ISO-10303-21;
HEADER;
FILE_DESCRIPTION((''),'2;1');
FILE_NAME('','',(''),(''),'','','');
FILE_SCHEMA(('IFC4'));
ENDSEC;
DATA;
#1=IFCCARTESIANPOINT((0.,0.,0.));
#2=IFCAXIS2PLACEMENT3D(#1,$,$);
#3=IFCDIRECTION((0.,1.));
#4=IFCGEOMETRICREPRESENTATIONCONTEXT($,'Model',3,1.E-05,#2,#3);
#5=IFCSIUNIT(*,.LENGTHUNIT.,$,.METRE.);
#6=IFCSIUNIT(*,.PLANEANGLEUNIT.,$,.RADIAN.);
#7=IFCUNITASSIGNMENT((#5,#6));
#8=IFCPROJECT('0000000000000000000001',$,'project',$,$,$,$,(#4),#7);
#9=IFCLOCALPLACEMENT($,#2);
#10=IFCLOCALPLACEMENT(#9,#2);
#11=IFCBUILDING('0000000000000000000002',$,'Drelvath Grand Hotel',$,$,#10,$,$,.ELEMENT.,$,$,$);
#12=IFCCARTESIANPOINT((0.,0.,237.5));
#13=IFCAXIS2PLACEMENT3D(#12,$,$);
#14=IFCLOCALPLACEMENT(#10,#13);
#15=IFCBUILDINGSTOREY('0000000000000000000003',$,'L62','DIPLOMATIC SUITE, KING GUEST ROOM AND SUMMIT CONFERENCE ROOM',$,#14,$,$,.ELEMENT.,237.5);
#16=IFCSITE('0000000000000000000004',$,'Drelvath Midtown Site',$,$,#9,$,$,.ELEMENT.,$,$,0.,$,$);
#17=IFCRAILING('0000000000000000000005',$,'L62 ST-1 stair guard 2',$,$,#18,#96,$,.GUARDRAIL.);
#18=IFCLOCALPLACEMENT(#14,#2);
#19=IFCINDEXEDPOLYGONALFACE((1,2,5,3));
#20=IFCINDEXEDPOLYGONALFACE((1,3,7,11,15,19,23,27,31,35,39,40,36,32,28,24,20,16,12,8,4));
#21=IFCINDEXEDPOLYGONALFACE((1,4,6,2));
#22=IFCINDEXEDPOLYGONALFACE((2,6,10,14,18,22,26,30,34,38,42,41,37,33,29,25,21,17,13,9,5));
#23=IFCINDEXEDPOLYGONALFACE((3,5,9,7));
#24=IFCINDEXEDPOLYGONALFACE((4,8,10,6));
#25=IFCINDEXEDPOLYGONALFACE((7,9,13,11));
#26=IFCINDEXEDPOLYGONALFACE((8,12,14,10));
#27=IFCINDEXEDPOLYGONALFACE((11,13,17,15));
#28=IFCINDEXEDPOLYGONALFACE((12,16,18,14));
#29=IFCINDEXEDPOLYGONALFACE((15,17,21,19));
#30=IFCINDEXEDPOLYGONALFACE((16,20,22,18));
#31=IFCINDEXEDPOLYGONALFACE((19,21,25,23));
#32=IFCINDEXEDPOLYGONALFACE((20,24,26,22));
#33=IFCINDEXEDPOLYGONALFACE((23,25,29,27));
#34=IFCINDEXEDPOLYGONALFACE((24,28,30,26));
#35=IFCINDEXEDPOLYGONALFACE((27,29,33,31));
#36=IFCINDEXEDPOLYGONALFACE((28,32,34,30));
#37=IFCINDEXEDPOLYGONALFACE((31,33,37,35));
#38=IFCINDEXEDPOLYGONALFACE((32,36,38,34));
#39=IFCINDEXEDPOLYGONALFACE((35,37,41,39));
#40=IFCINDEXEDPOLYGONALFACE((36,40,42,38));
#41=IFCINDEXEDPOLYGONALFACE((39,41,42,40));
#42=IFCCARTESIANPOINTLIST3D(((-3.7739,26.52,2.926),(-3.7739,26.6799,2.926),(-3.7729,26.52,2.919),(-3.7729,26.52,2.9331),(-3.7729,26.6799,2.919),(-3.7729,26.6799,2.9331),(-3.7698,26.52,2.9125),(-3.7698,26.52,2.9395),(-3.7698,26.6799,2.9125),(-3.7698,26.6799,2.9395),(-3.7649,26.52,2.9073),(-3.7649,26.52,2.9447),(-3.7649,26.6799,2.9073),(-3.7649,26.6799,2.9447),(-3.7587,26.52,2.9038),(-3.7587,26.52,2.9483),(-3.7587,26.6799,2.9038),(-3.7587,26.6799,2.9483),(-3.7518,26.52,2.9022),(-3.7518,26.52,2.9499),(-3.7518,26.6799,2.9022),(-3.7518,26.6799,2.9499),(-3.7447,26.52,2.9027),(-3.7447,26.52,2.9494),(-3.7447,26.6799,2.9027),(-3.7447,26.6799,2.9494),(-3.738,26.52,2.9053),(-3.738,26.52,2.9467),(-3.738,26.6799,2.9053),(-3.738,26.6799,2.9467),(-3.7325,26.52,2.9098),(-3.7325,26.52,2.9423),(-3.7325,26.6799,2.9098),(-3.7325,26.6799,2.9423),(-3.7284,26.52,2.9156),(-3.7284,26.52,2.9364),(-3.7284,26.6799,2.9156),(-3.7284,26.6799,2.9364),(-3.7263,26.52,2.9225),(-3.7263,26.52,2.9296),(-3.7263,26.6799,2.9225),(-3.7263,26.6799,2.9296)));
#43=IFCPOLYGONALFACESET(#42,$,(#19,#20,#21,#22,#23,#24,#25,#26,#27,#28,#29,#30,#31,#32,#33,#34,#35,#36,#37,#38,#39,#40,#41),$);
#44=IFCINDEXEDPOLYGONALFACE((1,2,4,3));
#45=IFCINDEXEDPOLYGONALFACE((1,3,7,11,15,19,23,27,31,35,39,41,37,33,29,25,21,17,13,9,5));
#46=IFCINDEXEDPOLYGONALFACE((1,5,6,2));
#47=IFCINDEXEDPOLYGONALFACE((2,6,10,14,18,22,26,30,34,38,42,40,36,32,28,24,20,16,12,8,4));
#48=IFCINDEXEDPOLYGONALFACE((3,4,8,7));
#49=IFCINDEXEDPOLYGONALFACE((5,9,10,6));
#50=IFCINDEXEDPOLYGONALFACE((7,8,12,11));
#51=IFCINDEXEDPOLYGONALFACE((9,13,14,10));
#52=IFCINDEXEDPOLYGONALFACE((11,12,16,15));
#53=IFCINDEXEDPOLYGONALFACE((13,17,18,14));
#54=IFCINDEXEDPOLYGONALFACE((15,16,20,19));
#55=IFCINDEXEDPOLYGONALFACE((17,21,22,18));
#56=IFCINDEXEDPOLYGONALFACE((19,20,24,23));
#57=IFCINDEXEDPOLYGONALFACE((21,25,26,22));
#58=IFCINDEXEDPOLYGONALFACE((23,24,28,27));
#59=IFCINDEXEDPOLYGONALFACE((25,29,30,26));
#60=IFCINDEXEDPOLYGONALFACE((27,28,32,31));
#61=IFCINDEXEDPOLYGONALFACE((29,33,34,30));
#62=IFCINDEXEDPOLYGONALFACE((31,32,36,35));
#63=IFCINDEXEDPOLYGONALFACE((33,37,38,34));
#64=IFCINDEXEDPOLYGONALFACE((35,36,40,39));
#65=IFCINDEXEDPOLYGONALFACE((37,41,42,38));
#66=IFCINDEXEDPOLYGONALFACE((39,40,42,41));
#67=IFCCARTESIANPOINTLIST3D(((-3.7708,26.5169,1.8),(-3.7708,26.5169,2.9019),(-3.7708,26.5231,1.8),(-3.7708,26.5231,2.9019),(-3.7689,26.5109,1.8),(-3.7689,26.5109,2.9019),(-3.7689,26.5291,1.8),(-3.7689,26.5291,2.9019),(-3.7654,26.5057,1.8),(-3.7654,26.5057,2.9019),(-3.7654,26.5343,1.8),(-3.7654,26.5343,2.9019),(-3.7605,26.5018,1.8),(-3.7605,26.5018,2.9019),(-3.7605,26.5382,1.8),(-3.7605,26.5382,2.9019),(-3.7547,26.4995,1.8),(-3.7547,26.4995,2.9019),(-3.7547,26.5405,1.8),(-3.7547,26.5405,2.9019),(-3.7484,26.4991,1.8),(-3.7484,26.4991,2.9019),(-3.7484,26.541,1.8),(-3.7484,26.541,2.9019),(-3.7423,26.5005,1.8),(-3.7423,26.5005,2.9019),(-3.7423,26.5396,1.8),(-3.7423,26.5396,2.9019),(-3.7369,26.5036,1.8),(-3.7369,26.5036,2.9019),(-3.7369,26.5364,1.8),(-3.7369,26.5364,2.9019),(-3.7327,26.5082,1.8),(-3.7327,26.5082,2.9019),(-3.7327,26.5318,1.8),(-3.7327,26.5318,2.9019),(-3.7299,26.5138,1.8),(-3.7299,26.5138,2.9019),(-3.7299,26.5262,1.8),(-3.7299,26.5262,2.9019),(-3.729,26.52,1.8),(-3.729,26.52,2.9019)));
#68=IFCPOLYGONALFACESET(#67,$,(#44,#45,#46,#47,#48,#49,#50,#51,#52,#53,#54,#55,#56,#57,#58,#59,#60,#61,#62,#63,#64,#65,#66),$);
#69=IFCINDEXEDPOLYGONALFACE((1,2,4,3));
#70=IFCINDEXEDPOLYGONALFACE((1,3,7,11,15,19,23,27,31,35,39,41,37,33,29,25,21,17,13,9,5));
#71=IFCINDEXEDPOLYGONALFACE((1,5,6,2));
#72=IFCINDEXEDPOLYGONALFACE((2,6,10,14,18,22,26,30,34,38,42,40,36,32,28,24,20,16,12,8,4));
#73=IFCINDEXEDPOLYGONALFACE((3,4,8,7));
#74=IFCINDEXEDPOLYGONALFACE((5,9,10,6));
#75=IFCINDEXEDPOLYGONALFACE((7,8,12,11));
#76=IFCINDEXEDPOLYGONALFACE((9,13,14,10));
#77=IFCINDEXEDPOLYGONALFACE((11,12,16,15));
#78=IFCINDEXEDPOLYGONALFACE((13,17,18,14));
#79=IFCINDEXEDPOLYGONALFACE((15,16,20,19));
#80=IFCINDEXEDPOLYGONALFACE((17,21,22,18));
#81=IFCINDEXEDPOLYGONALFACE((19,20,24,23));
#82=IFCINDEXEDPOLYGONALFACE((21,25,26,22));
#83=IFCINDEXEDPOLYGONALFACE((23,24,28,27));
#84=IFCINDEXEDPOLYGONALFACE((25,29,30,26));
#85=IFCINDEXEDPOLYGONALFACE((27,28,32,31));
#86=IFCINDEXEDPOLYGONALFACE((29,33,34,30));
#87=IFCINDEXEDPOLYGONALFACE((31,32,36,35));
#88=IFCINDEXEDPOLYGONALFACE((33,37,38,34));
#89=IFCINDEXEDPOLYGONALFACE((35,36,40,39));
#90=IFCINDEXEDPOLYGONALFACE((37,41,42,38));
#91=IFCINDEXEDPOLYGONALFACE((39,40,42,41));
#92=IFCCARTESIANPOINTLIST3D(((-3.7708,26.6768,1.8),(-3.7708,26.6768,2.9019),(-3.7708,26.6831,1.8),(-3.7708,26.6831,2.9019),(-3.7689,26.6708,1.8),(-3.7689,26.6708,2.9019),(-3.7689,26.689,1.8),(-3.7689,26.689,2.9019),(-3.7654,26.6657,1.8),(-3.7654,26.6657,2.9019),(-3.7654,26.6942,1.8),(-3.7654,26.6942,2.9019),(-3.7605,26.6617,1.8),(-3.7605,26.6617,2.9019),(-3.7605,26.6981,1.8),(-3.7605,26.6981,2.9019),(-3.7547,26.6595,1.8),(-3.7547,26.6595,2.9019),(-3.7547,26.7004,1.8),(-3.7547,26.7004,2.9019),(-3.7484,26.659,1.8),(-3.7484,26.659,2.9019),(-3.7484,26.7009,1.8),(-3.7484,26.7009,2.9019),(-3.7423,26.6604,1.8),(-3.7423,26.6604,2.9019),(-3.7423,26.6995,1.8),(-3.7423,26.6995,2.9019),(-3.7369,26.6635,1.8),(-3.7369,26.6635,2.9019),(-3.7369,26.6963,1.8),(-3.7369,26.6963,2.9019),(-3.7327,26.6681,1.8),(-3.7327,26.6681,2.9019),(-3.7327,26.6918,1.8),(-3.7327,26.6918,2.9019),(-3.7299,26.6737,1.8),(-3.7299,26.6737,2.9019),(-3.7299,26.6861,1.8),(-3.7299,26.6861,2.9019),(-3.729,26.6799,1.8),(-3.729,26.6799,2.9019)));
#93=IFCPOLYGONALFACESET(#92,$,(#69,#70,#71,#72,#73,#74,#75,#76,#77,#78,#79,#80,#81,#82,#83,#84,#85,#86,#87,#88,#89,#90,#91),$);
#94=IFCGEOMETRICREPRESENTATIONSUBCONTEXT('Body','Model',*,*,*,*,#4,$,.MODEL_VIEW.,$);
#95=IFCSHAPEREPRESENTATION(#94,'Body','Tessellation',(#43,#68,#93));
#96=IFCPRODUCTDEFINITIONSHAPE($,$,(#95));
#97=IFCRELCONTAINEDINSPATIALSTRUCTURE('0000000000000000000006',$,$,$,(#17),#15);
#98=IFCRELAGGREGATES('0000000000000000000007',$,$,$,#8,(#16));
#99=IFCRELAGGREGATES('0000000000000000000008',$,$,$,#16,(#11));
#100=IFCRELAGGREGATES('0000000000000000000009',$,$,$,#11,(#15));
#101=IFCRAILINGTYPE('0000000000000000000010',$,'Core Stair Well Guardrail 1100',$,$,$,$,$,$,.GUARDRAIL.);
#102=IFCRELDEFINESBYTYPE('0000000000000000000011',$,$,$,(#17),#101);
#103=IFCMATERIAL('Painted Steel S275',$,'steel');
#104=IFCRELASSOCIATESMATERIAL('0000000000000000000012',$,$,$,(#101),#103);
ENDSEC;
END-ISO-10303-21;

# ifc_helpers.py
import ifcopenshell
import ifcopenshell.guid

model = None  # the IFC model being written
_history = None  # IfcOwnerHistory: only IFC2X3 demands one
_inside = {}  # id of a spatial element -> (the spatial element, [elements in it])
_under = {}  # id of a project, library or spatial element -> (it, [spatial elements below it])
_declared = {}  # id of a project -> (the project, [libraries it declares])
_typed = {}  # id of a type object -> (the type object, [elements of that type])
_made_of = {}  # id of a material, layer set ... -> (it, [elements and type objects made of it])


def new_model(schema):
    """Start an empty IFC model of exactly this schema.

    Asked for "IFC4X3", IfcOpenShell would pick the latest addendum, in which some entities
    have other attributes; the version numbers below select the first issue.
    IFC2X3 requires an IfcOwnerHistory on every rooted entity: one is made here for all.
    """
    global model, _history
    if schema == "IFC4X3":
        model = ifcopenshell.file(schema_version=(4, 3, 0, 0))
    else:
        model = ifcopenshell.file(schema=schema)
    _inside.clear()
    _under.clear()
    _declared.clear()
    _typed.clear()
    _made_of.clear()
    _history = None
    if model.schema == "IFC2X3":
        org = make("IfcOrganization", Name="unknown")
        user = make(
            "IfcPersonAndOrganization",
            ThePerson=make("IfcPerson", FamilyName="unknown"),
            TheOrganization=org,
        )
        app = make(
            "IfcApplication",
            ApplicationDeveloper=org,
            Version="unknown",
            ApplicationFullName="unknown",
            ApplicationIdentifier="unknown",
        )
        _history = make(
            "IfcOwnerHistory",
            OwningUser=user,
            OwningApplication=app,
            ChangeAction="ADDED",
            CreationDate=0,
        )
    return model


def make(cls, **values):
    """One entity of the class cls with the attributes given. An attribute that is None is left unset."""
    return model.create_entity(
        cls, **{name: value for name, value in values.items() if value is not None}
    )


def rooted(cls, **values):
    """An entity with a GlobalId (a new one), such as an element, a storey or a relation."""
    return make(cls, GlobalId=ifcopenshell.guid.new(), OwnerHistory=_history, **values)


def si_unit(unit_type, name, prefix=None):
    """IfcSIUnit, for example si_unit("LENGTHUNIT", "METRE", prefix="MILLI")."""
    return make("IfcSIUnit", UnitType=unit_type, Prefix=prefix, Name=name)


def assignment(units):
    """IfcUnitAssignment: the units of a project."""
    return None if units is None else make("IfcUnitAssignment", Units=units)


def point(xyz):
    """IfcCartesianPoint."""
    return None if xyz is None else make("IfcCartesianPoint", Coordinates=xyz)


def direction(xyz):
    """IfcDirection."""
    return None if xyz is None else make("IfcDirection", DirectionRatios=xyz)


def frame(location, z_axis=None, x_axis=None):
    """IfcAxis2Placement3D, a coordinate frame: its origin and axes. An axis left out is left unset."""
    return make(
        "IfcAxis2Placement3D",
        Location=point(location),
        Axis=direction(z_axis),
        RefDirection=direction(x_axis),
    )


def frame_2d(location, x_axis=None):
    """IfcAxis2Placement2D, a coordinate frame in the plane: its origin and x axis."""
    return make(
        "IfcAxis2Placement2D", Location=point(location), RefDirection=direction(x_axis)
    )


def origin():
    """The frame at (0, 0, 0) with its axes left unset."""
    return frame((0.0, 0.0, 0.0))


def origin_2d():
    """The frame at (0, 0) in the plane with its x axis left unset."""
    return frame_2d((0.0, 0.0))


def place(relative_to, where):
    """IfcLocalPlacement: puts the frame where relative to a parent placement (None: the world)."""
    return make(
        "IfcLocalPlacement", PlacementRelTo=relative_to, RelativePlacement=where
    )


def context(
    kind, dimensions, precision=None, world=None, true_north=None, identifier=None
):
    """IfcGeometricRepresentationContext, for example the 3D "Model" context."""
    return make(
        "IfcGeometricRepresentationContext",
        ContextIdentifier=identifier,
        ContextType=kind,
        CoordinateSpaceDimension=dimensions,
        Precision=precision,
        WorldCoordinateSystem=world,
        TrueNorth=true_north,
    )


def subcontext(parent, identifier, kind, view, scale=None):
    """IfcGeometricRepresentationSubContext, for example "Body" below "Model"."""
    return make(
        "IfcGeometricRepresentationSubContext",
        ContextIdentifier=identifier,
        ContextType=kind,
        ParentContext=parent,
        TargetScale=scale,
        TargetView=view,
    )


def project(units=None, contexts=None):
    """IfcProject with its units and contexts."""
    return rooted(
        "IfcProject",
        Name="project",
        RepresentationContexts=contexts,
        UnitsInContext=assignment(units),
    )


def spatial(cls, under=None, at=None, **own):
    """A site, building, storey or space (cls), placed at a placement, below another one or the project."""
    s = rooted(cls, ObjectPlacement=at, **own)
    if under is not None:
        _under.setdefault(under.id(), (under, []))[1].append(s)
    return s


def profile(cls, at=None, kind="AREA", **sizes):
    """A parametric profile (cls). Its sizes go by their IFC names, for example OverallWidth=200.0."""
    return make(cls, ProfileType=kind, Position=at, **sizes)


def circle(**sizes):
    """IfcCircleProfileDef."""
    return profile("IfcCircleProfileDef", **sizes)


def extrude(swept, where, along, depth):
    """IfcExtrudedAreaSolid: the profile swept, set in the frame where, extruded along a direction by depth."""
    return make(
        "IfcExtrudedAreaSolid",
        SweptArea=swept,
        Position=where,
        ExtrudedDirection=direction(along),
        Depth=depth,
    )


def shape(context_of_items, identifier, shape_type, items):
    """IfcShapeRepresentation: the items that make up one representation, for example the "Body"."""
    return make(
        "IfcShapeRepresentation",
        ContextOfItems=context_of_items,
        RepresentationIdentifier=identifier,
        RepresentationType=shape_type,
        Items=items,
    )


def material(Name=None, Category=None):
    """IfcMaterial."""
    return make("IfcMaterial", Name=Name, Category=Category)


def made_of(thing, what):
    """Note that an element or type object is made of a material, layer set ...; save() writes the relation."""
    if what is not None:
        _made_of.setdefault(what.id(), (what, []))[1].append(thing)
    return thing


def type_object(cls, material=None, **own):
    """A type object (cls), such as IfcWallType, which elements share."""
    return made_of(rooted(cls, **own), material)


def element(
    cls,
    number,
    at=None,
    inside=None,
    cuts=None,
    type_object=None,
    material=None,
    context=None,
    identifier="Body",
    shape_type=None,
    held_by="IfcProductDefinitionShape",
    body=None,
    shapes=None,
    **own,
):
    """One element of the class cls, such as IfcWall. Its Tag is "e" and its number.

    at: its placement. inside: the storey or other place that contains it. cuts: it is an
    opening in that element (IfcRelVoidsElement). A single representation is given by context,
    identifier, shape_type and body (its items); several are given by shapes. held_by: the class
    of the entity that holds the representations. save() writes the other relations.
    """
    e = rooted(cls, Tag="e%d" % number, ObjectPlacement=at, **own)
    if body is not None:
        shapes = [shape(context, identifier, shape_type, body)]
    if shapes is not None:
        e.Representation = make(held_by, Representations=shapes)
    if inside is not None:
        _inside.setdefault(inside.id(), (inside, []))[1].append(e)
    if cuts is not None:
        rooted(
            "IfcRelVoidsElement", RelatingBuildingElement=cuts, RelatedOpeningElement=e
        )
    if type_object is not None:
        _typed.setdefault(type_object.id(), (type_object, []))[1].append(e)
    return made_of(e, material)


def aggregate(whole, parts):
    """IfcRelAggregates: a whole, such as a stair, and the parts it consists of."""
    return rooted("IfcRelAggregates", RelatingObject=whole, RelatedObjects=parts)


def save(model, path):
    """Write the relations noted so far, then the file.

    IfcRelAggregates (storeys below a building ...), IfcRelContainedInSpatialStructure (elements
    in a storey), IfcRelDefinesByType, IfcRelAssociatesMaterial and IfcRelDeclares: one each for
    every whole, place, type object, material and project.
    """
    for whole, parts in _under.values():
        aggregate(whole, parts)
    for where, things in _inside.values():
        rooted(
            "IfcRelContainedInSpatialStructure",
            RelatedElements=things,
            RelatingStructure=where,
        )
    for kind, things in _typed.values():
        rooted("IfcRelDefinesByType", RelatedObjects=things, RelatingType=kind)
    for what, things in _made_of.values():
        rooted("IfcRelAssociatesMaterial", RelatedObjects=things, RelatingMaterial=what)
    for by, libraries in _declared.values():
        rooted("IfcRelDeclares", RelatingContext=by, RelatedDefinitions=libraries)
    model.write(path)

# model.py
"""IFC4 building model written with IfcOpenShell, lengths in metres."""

from ifc_helpers import new_model, si_unit, direction, frame, origin, origin_2d, place, context, subcontext, project, spatial, circle, extrude, material, type_object, element, save


model = new_model("IFC4")

# Units and contexts
model_context = context("Model", 3, precision=1e-05, world=origin(), true_north=direction((0.0, 1.0)))
body_context = subcontext(model_context, "Body", "Model", "MODEL_VIEW")
ifc_project = project(units=[si_unit("LENGTHUNIT", "METRE"), si_unit("PLANEANGLEUNIT", "RADIAN")], contexts=[model_context])

# Site, building, storey
site_placement = place(None, origin())
site = spatial("IfcSite", under=ifc_project, at=site_placement, Name="Drelvath Midtown Site", CompositionType="ELEMENT", RefElevation=0.0)
building_placement = place(site_placement, origin())
building = spatial("IfcBuilding", under=site, at=building_placement, Name="Drelvath Grand Hotel", CompositionType="ELEMENT")
storey_placement = place(building_placement, frame((0.0, 0.0, 237.5)))
storey = spatial("IfcBuildingStorey", under=building, at=storey_placement, Name="L62", Description="DIPLOMATIC SUITE, KING GUEST ROOM AND SUMMIT CONFERENCE ROOM", CompositionType="ELEMENT", Elevation=237.5)

# Shared definitions
ifc_material_1 = material(Name="Painted Steel S275", Category="steel")

# Railing
railing_type_1 = type_object("IfcRailingType", Name="Core Stair Well Guardrail 1100", PredefinedType="GUARDRAIL", material=ifc_material_1)
railing_1_placement = place(storey_placement, frame((-3.75, 26.52, 1.8)))
element("IfcRailing", 1, at=railing_1_placement, inside=storey, type_object=railing_type_1, Name="L62 ST-1 stair guard 2", PredefinedType="GUARDRAIL", context=body_context, shape_type="SweptSolid", body=[
    extrude(circle(Radius=0.0239, at=origin_2d()), frame((0.0, 0.0, 1.126), z_axis=(0.0, 1.0, 0.0), x_axis=(-1.0, 0.0, 0.0)), (0.0, 0.0, 1.0), 0.1599),
    extrude(circle(Radius=0.021, at=origin_2d()), origin(), (0.0, 0.0, 1.0), 1.1018),
    extrude(circle(Radius=0.021, at=origin_2d()), frame((0.0, 0.1599, 0.0)), (0.0, 0.0, 1.0), 1.1018),
])

save(model, "model.ifc")
